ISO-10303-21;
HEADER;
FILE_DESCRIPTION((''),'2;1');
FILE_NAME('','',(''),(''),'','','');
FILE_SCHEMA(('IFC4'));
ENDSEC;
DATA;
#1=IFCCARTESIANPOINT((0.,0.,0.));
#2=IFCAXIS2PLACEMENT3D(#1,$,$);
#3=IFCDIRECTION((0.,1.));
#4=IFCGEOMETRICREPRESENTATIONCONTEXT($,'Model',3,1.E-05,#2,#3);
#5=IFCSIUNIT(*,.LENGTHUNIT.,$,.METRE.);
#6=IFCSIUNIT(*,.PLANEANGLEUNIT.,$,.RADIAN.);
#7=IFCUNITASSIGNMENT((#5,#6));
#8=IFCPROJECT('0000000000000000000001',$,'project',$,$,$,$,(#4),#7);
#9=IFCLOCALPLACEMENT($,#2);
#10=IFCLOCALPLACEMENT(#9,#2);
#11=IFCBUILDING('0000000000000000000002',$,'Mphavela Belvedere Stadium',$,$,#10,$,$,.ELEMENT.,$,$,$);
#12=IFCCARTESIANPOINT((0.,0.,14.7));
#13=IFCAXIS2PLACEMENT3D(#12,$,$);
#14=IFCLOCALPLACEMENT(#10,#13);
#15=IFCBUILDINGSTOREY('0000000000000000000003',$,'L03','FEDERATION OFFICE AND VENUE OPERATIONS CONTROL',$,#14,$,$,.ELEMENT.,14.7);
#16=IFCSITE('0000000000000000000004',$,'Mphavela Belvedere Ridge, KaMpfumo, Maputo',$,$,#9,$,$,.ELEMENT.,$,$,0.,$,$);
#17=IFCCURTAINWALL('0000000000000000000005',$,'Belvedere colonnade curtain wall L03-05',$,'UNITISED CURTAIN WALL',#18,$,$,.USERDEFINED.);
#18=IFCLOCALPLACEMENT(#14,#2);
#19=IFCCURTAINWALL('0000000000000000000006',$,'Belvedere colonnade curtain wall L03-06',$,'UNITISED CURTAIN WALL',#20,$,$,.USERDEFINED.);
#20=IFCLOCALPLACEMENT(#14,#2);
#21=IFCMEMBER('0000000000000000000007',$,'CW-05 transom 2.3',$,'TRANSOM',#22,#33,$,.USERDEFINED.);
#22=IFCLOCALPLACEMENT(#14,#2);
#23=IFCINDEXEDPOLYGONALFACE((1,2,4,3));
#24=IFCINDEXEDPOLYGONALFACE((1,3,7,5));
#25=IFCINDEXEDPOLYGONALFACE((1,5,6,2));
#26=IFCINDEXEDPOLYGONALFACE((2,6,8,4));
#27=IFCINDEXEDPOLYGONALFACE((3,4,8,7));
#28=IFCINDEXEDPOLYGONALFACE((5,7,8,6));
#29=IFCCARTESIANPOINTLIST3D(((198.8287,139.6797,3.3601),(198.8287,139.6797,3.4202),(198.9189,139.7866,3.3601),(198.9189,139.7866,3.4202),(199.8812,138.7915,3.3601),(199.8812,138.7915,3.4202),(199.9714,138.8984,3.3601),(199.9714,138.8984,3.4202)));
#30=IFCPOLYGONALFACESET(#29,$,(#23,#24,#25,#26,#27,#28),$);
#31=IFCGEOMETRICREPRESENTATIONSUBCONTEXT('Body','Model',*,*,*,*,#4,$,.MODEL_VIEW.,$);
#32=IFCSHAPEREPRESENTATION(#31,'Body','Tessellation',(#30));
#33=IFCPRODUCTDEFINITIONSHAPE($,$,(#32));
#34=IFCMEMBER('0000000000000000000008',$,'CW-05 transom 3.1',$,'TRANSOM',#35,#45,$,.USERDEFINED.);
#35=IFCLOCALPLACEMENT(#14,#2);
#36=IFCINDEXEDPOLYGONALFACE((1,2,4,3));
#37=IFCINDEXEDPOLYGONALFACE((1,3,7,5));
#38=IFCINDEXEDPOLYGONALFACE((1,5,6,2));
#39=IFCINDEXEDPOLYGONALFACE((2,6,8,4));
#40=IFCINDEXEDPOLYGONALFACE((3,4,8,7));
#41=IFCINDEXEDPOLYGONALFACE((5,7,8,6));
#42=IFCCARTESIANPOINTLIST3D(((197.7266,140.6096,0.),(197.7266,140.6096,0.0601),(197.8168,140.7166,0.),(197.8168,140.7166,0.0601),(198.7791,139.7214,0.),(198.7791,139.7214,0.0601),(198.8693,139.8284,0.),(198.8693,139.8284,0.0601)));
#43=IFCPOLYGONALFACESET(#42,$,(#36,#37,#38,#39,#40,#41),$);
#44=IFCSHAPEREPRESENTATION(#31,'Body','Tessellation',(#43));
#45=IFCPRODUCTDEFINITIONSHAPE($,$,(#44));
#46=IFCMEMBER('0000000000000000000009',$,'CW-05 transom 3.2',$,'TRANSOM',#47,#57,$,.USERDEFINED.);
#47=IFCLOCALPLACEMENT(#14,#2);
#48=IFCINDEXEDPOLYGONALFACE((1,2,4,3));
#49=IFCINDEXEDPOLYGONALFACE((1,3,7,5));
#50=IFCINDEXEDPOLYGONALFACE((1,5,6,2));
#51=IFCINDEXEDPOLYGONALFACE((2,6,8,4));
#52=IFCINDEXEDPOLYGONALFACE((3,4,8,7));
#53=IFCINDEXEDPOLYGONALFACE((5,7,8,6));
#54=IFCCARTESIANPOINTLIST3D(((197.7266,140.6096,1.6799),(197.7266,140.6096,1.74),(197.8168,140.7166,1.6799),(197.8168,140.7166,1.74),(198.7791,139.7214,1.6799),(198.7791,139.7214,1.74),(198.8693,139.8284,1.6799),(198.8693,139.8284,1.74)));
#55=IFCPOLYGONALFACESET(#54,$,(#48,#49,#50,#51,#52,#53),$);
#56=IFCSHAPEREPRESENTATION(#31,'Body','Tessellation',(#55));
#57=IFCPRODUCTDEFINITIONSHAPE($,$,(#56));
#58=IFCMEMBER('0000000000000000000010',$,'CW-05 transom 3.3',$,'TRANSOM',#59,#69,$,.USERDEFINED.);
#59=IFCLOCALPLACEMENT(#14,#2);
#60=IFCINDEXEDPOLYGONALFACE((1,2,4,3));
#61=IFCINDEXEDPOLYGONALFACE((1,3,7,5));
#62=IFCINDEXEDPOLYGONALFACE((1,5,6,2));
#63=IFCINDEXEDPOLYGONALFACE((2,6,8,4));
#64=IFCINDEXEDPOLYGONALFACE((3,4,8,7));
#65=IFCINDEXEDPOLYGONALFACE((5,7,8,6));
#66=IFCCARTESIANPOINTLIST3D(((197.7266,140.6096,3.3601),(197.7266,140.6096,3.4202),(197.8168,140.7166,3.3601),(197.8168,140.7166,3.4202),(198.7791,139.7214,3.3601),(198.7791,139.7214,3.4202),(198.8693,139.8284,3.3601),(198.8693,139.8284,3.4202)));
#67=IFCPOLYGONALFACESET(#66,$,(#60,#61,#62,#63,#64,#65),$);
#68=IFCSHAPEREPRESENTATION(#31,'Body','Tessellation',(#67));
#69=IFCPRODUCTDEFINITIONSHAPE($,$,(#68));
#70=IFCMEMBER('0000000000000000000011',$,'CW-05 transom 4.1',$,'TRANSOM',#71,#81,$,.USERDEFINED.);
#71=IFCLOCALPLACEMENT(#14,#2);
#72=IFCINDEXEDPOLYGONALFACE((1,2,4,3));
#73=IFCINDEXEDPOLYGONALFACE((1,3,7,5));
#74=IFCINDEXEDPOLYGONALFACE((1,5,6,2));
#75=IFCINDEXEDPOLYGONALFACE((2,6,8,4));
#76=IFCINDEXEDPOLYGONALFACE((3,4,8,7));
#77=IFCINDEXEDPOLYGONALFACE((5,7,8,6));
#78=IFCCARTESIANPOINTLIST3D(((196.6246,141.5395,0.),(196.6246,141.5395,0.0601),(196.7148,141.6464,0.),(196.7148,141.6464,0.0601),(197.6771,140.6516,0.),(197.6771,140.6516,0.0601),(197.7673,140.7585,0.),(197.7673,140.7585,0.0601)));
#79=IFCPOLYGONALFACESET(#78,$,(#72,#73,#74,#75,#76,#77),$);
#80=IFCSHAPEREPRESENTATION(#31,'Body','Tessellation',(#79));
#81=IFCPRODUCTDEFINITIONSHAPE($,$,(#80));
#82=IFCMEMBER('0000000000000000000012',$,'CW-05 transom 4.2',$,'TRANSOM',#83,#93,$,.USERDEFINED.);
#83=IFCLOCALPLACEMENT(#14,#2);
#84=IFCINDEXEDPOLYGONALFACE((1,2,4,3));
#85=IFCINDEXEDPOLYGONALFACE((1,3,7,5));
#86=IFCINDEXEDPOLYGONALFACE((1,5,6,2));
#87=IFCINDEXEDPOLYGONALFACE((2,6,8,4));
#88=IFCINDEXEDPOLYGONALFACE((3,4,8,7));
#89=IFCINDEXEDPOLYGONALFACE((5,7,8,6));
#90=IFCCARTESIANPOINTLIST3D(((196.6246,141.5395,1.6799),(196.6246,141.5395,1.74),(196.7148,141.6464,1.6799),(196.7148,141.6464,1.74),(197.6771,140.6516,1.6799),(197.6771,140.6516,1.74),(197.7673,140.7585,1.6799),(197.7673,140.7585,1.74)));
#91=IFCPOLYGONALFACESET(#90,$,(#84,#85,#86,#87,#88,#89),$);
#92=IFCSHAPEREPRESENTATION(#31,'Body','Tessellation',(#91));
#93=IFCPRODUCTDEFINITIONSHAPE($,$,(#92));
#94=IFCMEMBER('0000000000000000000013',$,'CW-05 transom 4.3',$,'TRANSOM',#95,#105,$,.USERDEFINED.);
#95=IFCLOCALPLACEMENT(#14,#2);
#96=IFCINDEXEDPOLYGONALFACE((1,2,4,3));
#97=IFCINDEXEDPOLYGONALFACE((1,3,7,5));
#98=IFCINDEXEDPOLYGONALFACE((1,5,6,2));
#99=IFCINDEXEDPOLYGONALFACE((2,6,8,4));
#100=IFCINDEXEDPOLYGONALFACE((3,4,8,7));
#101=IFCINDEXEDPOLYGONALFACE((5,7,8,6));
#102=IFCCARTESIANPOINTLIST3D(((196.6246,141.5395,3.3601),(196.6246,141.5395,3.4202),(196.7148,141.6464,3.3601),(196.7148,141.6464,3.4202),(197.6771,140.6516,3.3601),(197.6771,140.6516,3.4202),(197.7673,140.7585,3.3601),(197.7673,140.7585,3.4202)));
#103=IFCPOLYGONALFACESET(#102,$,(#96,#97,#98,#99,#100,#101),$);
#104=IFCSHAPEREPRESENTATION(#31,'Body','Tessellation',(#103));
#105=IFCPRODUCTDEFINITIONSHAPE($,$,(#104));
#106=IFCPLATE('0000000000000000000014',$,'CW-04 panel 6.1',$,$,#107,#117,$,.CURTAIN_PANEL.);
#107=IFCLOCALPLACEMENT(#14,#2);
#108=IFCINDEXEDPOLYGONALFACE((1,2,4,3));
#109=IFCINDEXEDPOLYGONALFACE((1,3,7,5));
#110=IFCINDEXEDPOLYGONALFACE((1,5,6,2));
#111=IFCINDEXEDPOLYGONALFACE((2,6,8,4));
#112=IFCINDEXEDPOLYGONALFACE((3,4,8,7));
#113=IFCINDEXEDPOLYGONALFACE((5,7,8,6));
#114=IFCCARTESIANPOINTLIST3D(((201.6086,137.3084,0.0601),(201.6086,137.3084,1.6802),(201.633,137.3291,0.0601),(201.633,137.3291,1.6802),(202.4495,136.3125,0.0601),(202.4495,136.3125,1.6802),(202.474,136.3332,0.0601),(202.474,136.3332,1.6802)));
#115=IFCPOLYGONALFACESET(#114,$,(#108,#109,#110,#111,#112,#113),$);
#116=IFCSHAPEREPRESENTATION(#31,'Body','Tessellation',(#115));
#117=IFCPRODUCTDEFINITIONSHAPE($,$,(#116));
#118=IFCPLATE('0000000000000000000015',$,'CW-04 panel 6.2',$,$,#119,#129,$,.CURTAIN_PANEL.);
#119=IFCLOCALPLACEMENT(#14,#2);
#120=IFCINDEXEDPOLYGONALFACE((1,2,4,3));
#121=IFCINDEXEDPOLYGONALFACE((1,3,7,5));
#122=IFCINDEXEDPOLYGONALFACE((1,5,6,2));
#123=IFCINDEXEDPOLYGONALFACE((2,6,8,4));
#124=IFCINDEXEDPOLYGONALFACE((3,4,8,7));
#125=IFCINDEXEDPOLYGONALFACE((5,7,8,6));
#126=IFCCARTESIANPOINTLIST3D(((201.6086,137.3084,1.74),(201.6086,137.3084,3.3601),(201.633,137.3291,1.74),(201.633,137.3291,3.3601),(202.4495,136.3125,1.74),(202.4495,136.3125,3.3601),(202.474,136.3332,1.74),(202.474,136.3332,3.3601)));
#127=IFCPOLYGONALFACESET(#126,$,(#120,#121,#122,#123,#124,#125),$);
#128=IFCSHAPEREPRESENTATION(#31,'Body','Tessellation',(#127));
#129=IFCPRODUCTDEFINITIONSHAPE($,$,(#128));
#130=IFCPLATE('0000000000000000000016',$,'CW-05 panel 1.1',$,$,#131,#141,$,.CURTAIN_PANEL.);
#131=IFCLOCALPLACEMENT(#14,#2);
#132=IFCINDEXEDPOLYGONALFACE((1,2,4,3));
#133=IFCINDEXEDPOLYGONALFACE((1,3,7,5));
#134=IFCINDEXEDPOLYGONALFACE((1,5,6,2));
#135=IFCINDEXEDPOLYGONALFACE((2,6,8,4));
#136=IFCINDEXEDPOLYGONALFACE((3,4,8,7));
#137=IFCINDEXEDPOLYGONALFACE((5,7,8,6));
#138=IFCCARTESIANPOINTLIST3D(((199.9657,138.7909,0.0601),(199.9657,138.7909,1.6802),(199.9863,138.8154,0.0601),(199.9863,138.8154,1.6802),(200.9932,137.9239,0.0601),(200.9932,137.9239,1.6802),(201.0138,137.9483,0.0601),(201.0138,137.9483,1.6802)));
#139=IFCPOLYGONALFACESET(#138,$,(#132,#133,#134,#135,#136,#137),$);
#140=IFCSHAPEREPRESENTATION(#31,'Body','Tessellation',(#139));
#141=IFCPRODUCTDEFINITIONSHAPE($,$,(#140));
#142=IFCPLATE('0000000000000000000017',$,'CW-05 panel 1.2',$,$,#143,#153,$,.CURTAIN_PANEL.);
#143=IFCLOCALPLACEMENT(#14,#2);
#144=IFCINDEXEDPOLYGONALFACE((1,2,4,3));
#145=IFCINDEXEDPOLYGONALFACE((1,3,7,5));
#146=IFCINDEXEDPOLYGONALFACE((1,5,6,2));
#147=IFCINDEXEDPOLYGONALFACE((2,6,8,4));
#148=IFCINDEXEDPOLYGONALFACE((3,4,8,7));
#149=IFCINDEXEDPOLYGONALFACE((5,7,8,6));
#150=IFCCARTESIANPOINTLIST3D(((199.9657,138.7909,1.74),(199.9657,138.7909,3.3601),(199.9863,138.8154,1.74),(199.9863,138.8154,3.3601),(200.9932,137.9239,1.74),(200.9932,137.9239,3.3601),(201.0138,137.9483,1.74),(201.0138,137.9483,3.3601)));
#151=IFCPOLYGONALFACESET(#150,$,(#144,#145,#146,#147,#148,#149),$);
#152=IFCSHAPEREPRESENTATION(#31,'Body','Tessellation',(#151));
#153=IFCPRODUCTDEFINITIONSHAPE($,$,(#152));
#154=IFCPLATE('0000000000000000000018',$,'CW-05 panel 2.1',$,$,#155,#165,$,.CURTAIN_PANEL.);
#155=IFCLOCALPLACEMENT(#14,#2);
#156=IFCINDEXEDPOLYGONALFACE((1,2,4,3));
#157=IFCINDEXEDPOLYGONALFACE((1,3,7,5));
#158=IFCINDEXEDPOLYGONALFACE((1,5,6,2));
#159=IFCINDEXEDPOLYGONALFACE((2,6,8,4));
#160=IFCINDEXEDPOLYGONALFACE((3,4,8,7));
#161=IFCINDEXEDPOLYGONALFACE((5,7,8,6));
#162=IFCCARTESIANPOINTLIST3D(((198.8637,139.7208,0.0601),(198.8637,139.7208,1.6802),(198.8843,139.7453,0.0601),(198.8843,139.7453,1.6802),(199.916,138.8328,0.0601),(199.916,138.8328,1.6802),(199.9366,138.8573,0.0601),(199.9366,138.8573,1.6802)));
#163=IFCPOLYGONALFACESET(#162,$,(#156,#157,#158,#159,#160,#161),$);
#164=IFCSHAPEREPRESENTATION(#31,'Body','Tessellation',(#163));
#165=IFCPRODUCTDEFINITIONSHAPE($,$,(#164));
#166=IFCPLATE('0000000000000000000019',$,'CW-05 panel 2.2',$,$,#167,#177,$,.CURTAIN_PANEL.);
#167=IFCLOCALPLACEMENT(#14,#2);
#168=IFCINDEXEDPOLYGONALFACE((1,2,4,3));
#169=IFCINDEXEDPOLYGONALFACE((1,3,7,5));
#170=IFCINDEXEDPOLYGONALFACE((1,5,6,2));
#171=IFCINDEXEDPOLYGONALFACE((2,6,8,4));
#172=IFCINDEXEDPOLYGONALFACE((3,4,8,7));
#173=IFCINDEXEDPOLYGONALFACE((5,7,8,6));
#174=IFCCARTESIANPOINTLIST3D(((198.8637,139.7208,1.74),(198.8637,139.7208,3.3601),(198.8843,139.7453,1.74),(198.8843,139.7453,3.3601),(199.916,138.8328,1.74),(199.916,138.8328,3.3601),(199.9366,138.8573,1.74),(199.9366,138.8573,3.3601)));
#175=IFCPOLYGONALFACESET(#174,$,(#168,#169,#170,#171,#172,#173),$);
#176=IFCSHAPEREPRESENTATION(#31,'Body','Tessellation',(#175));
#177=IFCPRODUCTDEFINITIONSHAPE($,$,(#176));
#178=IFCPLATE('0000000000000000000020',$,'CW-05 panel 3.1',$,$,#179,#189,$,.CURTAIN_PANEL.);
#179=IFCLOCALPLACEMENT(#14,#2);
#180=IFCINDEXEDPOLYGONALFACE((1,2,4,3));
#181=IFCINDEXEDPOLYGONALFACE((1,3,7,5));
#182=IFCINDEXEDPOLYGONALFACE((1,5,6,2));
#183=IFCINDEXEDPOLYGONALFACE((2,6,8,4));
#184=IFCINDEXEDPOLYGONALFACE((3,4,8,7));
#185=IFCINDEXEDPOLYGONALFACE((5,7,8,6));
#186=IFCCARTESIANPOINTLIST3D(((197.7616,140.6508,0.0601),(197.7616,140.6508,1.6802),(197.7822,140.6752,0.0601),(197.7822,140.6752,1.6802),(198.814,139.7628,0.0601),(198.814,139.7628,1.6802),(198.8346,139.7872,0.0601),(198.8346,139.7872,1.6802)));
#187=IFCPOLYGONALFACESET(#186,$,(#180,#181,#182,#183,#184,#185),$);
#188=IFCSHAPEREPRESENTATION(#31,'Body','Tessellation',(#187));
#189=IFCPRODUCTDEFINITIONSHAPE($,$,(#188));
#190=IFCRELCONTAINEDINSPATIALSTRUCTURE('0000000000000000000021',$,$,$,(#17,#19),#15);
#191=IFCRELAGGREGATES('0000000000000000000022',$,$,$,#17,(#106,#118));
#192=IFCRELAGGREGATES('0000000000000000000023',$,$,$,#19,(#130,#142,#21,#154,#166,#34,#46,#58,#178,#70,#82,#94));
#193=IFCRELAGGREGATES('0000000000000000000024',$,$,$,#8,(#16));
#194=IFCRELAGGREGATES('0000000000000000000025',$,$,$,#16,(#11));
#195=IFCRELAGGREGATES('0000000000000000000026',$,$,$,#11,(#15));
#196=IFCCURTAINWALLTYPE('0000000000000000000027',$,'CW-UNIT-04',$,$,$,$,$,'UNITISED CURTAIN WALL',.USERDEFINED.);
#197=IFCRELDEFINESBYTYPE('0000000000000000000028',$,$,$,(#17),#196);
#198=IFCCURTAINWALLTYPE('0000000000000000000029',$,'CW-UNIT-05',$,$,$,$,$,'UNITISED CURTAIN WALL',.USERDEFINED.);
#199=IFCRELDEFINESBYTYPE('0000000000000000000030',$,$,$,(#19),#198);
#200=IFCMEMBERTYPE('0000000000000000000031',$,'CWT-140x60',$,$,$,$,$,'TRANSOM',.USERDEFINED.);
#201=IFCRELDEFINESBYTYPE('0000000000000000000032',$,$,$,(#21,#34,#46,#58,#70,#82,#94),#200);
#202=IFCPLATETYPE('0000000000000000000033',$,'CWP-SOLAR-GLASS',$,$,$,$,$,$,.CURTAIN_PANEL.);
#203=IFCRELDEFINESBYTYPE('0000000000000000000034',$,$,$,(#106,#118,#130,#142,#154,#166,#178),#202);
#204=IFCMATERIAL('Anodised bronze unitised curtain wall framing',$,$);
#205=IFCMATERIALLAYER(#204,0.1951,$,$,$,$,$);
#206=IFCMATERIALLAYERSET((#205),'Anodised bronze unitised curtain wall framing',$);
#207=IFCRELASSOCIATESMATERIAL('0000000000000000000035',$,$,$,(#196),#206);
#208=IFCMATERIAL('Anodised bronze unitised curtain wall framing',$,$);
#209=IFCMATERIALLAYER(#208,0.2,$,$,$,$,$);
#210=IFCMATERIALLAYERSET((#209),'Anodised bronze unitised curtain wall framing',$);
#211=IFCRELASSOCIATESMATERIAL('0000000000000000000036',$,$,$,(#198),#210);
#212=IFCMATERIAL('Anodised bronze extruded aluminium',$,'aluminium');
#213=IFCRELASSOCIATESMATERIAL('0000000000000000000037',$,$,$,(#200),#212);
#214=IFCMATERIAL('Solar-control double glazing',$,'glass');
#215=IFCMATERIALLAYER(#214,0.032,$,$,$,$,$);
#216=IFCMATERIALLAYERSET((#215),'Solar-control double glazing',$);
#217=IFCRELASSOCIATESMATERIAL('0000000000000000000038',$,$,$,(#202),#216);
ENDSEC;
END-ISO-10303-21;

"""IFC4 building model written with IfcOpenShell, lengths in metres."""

from ifc_helpers import new_model, si_unit, direction, frame, origin, origin_2d, place, context, subcontext, project, spatial, rectangle, extrude, material, layer, layer_set, material_profile, profile_set, type_object, element, aggregate, save


model = new_model("IFC4")

# Units and contexts
model_context = context("Model", 3, precision=1e-05, world=origin(), true_north=direction((0.0, 1.0)))
body_context = subcontext(model_context, "Body", "Model", "MODEL_VIEW")
ifc_project = project(units=[si_unit("LENGTHUNIT", "METRE"), si_unit("PLANEANGLEUNIT", "RADIAN")], contexts=[model_context])

# Site, building, storey
site_placement = place(None, origin())
site = spatial("IfcSite", under=ifc_project, at=site_placement, Name="Mphavela Belvedere Ridge, KaMpfumo, Maputo", CompositionType="ELEMENT", RefElevation=0.0)
building_placement = place(site_placement, origin())
building = spatial("IfcBuilding", under=site, at=building_placement, Name="Mphavela Belvedere Stadium", CompositionType="ELEMENT")
storey_placement = place(building_placement, frame((0.0, 0.0, 14.7)))
storey = spatial("IfcBuildingStorey", under=building, at=storey_placement, Name="L03", Description="FEDERATION OFFICE AND VENUE OPERATIONS CONTROL", CompositionType="ELEMENT", Elevation=14.7)

# Curtain wall
ifc_material_1 = material(Name="Anodised bronze unitised curtain wall framing")
ifc_layer_1 = layer(ifc_material_1, 0.1951)
ifc_layer_set_1 = layer_set([ifc_layer_1], Name="Anodised bronze unitised curtain wall framing")
curtain_wall_type_1 = type_object("IfcCurtainWallType", Name="CW-UNIT-04", ElementType="UNITISED CURTAIN WALL", PredefinedType="USERDEFINED", material=ifc_layer_set_1)
curtain_wall_1_placement = place(storey_placement, origin())
curtain_wall_1 = element("IfcCurtainWall", 1, at=curtain_wall_1_placement, inside=storey, type_object=curtain_wall_type_1, Name="Belvedere colonnade curtain wall L03-05", ObjectType="UNITISED CURTAIN WALL", PredefinedType="USERDEFINED")

# Curtain wall
ifc_material_2 = material(Name="Anodised bronze unitised curtain wall framing")
ifc_layer_2 = layer(ifc_material_2, 0.2)
ifc_layer_set_2 = layer_set([ifc_layer_2], Name="Anodised bronze unitised curtain wall framing")
curtain_wall_type_2 = type_object("IfcCurtainWallType", Name="CW-UNIT-05", ElementType="UNITISED CURTAIN WALL", PredefinedType="USERDEFINED", material=ifc_layer_set_2)
curtain_wall_2_placement = place(storey_placement, origin())
curtain_wall_2 = element("IfcCurtainWall", 2, at=curtain_wall_2_placement, inside=storey, type_object=curtain_wall_type_2, Name="Belvedere colonnade curtain wall L03-06", ObjectType="UNITISED CURTAIN WALL", PredefinedType="USERDEFINED")

# Members
ifc_material_3 = material(Name="Anodised bronze extruded aluminium", Category="aluminium")
ifc_material_profile_1 = material_profile(ifc_material_3, rectangle(XDim=0.1399, YDim=0.0601, at=origin_2d()), Name="CW-TRN 140x60")
ifc_profile_set_1 = profile_set([ifc_material_profile_1], Name="Anodised bronze extruded aluminium")
member_type_1 = type_object("IfcMemberType", Name="CWT-140x60", ElementType="TRANSOM", PredefinedType="USERDEFINED", material=ifc_profile_set_1)
member_1_placement = place(storey_placement, frame((199.9263, 138.845, 3.3901), z_axis=(-0.76424, 0.644932, 0.0), x_axis=(-0.644932, -0.76424, 0.0)))
member_1 = element("IfcMember", 3, at=member_1_placement, type_object=member_type_1, Name="CW-05 transom 2.3", ObjectType="TRANSOM", PredefinedType="USERDEFINED", context=body_context, shape_type="SweptSolid", body=[
    extrude(rectangle(XDim=0.1399, YDim=0.0601, at=origin_2d()), origin(), (0.0, 0.0, 1.0), 1.3772),
])
member_2_placement = place(storey_placement, frame((198.8242, 139.7749, 0.03), z_axis=(-0.76424, 0.644932, 0.0), x_axis=(-0.644932, -0.76424, 0.0)))
member_2 = element("IfcMember", 4, at=member_2_placement, type_object=member_type_1, Name="CW-05 transom 3.1", ObjectType="TRANSOM", PredefinedType="USERDEFINED", context=body_context, shape_type="SweptSolid", body=[
    extrude(rectangle(XDim=0.1399, YDim=0.0601, at=origin_2d()), origin(), (0.0, 0.0, 1.0), 1.3772),
])
member_3_placement = place(storey_placement, frame((198.8242, 139.7749, 1.71), z_axis=(-0.76424, 0.644932, 0.0), x_axis=(-0.644932, -0.76424, 0.0)))
member_3 = element("IfcMember", 5, at=member_3_placement, type_object=member_type_1, Name="CW-05 transom 3.2", ObjectType="TRANSOM", PredefinedType="USERDEFINED", context=body_context, shape_type="SweptSolid", body=[
    extrude(rectangle(XDim=0.1399, YDim=0.0601, at=origin_2d()), origin(), (0.0, 0.0, 1.0), 1.3772),
])
member_4_placement = place(storey_placement, frame((198.8242, 139.7749, 3.3901), z_axis=(-0.76424, 0.644932, 0.0), x_axis=(-0.644932, -0.76424, 0.0)))
member_4 = element("IfcMember", 6, at=member_4_placement, type_object=member_type_1, Name="CW-05 transom 3.3", ObjectType="TRANSOM", PredefinedType="USERDEFINED", context=body_context, shape_type="SweptSolid", body=[
    extrude(rectangle(XDim=0.1399, YDim=0.0601, at=origin_2d()), origin(), (0.0, 0.0, 1.0), 1.3772),
])
member_5_placement = place(storey_placement, frame((197.7222, 140.7051, 0.03), z_axis=(-0.764327, 0.644829, 0.0), x_axis=(-0.644829, -0.764327, 0.0)))
member_5 = element("IfcMember", 7, at=member_5_placement, type_object=member_type_1, Name="CW-05 transom 4.1", ObjectType="TRANSOM", PredefinedType="USERDEFINED", context=body_context, shape_type="SweptSolid", body=[
    extrude(rectangle(XDim=0.1399, YDim=0.0601, at=origin_2d()), origin(), (0.0, 0.0, 1.0), 1.377),
])
member_6_placement = place(storey_placement, frame((197.7222, 140.7051, 1.71), z_axis=(-0.764327, 0.644829, 0.0), x_axis=(-0.644829, -0.764327, 0.0)))
member_6 = element("IfcMember", 8, at=member_6_placement, type_object=member_type_1, Name="CW-05 transom 4.2", ObjectType="TRANSOM", PredefinedType="USERDEFINED", context=body_context, shape_type="SweptSolid", body=[
    extrude(rectangle(XDim=0.1399, YDim=0.0601, at=origin_2d()), origin(), (0.0, 0.0, 1.0), 1.377),
])
member_7_placement = place(storey_placement, frame((197.7222, 140.7051, 3.3901), z_axis=(-0.764327, 0.644829, 0.0), x_axis=(-0.644829, -0.764327, 0.0)))
member_7 = element("IfcMember", 9, at=member_7_placement, type_object=member_type_1, Name="CW-05 transom 4.3", ObjectType="TRANSOM", PredefinedType="USERDEFINED", context=body_context, shape_type="SweptSolid", body=[
    extrude(rectangle(XDim=0.1399, YDim=0.0601, at=origin_2d()), origin(), (0.0, 0.0, 1.0), 1.377),
])

# Plates
ifc_material_4 = material(Name="Solar-control double glazing", Category="glass")
ifc_layer_3 = layer(ifc_material_4, 0.032)
ifc_layer_set_3 = layer_set([ifc_layer_3], Name="Solar-control double glazing")
plate_type = type_object("IfcPlateType", Name="CWP-SOLAR-GLASS", PredefinedType="CURTAIN_PANEL", material=ifc_layer_set_3)
plate_1_placement = place(storey_placement, frame((202.0413, 136.8208, 0.0601), z_axis=(0.0, 0.0, 1.0), x_axis=(-0.645179, 0.764031, 0.0)))
plate_1 = element("IfcPlate", 10, at=plate_1_placement, type_object=plate_type, Name="CW-04 panel 6.1", PredefinedType="CURTAIN_PANEL", context=body_context, shape_type="SweptSolid", body=[
    extrude(rectangle(XDim=1.3035, YDim=0.032, at=origin_2d()), origin(), (0.0, 0.0, 1.0), 1.6201),
])
plate_2_placement = place(storey_placement, frame((202.0413, 136.8208, 1.74), z_axis=(0.0, 0.0, 1.0), x_axis=(-0.645179, 0.764031, 0.0)))
plate_2 = element("IfcPlate", 11, at=plate_2_placement, type_object=plate_type, Name="CW-04 panel 6.2", PredefinedType="CURTAIN_PANEL", context=body_context, shape_type="SweptSolid", body=[
    extrude(rectangle(XDim=1.3035, YDim=0.032, at=origin_2d()), origin(), (0.0, 0.0, 1.0), 1.6201),
])
aggregate(curtain_wall_1, [plate_1, plate_2])
plate_3_placement = place(storey_placement, frame((200.4897, 138.3696, 0.0601), z_axis=(0.0, 0.0, 1.0), x_axis=(-0.764263, 0.644905, 0.0)))
plate_3 = element("IfcPlate", 12, at=plate_3_placement, type_object=plate_type, Name="CW-05 panel 1.1", PredefinedType="CURTAIN_PANEL", context=body_context, shape_type="SweptSolid", body=[
    extrude(rectangle(XDim=1.3445, YDim=0.032, at=origin_2d()), origin(), (0.0, 0.0, 1.0), 1.6201),
])
plate_4_placement = place(storey_placement, frame((200.4897, 138.3696, 1.74), z_axis=(0.0, 0.0, 1.0), x_axis=(-0.764263, 0.644905, 0.0)))
plate_4 = element("IfcPlate", 13, at=plate_4_placement, type_object=plate_type, Name="CW-05 panel 1.2", PredefinedType="CURTAIN_PANEL", context=body_context, shape_type="SweptSolid", body=[
    extrude(rectangle(XDim=1.3445, YDim=0.032, at=origin_2d()), origin(), (0.0, 0.0, 1.0), 1.6201),
])
plate_5_placement = place(storey_placement, frame((199.4001, 139.2891, 0.0601), z_axis=(0.0, 0.0, 1.0), x_axis=(-0.764263, 0.644905, 0.0)))
plate_5 = element("IfcPlate", 14, at=plate_5_placement, type_object=plate_type, Name="CW-05 panel 2.1", PredefinedType="CURTAIN_PANEL", context=body_context, shape_type="SweptSolid", body=[
    extrude(rectangle(XDim=1.377, YDim=0.032, at=origin_2d()), origin(), (0.0, 0.0, 1.0), 1.6201),
])
plate_6_placement = place(storey_placement, frame((199.4001, 139.2891, 1.74), z_axis=(0.0, 0.0, 1.0), x_axis=(-0.764263, 0.644905, 0.0)))
plate_6 = element("IfcPlate", 15, at=plate_6_placement, type_object=plate_type, Name="CW-05 panel 2.2", PredefinedType="CURTAIN_PANEL", context=body_context, shape_type="SweptSolid", body=[
    extrude(rectangle(XDim=1.377, YDim=0.032, at=origin_2d()), origin(), (0.0, 0.0, 1.0), 1.6201),
])
plate_7_placement = place(storey_placement, frame((198.2981, 140.219, 0.0601), z_axis=(0.0, 0.0, 1.0), x_axis=(-0.764263, 0.644905, 0.0)))
plate_7 = element("IfcPlate", 16, at=plate_7_placement, type_object=plate_type, Name="CW-05 panel 3.1", PredefinedType="CURTAIN_PANEL", context=body_context, shape_type="SweptSolid", body=[
    extrude(rectangle(XDim=1.377, YDim=0.032, at=origin_2d()), origin(), (0.0, 0.0, 1.0), 1.6201),
])
aggregate(curtain_wall_2, [plate_3, plate_4, member_1, plate_5, plate_6, member_2, member_3, member_4, plate_7, member_5, member_6, member_7])

save(model, "model.ifc")
